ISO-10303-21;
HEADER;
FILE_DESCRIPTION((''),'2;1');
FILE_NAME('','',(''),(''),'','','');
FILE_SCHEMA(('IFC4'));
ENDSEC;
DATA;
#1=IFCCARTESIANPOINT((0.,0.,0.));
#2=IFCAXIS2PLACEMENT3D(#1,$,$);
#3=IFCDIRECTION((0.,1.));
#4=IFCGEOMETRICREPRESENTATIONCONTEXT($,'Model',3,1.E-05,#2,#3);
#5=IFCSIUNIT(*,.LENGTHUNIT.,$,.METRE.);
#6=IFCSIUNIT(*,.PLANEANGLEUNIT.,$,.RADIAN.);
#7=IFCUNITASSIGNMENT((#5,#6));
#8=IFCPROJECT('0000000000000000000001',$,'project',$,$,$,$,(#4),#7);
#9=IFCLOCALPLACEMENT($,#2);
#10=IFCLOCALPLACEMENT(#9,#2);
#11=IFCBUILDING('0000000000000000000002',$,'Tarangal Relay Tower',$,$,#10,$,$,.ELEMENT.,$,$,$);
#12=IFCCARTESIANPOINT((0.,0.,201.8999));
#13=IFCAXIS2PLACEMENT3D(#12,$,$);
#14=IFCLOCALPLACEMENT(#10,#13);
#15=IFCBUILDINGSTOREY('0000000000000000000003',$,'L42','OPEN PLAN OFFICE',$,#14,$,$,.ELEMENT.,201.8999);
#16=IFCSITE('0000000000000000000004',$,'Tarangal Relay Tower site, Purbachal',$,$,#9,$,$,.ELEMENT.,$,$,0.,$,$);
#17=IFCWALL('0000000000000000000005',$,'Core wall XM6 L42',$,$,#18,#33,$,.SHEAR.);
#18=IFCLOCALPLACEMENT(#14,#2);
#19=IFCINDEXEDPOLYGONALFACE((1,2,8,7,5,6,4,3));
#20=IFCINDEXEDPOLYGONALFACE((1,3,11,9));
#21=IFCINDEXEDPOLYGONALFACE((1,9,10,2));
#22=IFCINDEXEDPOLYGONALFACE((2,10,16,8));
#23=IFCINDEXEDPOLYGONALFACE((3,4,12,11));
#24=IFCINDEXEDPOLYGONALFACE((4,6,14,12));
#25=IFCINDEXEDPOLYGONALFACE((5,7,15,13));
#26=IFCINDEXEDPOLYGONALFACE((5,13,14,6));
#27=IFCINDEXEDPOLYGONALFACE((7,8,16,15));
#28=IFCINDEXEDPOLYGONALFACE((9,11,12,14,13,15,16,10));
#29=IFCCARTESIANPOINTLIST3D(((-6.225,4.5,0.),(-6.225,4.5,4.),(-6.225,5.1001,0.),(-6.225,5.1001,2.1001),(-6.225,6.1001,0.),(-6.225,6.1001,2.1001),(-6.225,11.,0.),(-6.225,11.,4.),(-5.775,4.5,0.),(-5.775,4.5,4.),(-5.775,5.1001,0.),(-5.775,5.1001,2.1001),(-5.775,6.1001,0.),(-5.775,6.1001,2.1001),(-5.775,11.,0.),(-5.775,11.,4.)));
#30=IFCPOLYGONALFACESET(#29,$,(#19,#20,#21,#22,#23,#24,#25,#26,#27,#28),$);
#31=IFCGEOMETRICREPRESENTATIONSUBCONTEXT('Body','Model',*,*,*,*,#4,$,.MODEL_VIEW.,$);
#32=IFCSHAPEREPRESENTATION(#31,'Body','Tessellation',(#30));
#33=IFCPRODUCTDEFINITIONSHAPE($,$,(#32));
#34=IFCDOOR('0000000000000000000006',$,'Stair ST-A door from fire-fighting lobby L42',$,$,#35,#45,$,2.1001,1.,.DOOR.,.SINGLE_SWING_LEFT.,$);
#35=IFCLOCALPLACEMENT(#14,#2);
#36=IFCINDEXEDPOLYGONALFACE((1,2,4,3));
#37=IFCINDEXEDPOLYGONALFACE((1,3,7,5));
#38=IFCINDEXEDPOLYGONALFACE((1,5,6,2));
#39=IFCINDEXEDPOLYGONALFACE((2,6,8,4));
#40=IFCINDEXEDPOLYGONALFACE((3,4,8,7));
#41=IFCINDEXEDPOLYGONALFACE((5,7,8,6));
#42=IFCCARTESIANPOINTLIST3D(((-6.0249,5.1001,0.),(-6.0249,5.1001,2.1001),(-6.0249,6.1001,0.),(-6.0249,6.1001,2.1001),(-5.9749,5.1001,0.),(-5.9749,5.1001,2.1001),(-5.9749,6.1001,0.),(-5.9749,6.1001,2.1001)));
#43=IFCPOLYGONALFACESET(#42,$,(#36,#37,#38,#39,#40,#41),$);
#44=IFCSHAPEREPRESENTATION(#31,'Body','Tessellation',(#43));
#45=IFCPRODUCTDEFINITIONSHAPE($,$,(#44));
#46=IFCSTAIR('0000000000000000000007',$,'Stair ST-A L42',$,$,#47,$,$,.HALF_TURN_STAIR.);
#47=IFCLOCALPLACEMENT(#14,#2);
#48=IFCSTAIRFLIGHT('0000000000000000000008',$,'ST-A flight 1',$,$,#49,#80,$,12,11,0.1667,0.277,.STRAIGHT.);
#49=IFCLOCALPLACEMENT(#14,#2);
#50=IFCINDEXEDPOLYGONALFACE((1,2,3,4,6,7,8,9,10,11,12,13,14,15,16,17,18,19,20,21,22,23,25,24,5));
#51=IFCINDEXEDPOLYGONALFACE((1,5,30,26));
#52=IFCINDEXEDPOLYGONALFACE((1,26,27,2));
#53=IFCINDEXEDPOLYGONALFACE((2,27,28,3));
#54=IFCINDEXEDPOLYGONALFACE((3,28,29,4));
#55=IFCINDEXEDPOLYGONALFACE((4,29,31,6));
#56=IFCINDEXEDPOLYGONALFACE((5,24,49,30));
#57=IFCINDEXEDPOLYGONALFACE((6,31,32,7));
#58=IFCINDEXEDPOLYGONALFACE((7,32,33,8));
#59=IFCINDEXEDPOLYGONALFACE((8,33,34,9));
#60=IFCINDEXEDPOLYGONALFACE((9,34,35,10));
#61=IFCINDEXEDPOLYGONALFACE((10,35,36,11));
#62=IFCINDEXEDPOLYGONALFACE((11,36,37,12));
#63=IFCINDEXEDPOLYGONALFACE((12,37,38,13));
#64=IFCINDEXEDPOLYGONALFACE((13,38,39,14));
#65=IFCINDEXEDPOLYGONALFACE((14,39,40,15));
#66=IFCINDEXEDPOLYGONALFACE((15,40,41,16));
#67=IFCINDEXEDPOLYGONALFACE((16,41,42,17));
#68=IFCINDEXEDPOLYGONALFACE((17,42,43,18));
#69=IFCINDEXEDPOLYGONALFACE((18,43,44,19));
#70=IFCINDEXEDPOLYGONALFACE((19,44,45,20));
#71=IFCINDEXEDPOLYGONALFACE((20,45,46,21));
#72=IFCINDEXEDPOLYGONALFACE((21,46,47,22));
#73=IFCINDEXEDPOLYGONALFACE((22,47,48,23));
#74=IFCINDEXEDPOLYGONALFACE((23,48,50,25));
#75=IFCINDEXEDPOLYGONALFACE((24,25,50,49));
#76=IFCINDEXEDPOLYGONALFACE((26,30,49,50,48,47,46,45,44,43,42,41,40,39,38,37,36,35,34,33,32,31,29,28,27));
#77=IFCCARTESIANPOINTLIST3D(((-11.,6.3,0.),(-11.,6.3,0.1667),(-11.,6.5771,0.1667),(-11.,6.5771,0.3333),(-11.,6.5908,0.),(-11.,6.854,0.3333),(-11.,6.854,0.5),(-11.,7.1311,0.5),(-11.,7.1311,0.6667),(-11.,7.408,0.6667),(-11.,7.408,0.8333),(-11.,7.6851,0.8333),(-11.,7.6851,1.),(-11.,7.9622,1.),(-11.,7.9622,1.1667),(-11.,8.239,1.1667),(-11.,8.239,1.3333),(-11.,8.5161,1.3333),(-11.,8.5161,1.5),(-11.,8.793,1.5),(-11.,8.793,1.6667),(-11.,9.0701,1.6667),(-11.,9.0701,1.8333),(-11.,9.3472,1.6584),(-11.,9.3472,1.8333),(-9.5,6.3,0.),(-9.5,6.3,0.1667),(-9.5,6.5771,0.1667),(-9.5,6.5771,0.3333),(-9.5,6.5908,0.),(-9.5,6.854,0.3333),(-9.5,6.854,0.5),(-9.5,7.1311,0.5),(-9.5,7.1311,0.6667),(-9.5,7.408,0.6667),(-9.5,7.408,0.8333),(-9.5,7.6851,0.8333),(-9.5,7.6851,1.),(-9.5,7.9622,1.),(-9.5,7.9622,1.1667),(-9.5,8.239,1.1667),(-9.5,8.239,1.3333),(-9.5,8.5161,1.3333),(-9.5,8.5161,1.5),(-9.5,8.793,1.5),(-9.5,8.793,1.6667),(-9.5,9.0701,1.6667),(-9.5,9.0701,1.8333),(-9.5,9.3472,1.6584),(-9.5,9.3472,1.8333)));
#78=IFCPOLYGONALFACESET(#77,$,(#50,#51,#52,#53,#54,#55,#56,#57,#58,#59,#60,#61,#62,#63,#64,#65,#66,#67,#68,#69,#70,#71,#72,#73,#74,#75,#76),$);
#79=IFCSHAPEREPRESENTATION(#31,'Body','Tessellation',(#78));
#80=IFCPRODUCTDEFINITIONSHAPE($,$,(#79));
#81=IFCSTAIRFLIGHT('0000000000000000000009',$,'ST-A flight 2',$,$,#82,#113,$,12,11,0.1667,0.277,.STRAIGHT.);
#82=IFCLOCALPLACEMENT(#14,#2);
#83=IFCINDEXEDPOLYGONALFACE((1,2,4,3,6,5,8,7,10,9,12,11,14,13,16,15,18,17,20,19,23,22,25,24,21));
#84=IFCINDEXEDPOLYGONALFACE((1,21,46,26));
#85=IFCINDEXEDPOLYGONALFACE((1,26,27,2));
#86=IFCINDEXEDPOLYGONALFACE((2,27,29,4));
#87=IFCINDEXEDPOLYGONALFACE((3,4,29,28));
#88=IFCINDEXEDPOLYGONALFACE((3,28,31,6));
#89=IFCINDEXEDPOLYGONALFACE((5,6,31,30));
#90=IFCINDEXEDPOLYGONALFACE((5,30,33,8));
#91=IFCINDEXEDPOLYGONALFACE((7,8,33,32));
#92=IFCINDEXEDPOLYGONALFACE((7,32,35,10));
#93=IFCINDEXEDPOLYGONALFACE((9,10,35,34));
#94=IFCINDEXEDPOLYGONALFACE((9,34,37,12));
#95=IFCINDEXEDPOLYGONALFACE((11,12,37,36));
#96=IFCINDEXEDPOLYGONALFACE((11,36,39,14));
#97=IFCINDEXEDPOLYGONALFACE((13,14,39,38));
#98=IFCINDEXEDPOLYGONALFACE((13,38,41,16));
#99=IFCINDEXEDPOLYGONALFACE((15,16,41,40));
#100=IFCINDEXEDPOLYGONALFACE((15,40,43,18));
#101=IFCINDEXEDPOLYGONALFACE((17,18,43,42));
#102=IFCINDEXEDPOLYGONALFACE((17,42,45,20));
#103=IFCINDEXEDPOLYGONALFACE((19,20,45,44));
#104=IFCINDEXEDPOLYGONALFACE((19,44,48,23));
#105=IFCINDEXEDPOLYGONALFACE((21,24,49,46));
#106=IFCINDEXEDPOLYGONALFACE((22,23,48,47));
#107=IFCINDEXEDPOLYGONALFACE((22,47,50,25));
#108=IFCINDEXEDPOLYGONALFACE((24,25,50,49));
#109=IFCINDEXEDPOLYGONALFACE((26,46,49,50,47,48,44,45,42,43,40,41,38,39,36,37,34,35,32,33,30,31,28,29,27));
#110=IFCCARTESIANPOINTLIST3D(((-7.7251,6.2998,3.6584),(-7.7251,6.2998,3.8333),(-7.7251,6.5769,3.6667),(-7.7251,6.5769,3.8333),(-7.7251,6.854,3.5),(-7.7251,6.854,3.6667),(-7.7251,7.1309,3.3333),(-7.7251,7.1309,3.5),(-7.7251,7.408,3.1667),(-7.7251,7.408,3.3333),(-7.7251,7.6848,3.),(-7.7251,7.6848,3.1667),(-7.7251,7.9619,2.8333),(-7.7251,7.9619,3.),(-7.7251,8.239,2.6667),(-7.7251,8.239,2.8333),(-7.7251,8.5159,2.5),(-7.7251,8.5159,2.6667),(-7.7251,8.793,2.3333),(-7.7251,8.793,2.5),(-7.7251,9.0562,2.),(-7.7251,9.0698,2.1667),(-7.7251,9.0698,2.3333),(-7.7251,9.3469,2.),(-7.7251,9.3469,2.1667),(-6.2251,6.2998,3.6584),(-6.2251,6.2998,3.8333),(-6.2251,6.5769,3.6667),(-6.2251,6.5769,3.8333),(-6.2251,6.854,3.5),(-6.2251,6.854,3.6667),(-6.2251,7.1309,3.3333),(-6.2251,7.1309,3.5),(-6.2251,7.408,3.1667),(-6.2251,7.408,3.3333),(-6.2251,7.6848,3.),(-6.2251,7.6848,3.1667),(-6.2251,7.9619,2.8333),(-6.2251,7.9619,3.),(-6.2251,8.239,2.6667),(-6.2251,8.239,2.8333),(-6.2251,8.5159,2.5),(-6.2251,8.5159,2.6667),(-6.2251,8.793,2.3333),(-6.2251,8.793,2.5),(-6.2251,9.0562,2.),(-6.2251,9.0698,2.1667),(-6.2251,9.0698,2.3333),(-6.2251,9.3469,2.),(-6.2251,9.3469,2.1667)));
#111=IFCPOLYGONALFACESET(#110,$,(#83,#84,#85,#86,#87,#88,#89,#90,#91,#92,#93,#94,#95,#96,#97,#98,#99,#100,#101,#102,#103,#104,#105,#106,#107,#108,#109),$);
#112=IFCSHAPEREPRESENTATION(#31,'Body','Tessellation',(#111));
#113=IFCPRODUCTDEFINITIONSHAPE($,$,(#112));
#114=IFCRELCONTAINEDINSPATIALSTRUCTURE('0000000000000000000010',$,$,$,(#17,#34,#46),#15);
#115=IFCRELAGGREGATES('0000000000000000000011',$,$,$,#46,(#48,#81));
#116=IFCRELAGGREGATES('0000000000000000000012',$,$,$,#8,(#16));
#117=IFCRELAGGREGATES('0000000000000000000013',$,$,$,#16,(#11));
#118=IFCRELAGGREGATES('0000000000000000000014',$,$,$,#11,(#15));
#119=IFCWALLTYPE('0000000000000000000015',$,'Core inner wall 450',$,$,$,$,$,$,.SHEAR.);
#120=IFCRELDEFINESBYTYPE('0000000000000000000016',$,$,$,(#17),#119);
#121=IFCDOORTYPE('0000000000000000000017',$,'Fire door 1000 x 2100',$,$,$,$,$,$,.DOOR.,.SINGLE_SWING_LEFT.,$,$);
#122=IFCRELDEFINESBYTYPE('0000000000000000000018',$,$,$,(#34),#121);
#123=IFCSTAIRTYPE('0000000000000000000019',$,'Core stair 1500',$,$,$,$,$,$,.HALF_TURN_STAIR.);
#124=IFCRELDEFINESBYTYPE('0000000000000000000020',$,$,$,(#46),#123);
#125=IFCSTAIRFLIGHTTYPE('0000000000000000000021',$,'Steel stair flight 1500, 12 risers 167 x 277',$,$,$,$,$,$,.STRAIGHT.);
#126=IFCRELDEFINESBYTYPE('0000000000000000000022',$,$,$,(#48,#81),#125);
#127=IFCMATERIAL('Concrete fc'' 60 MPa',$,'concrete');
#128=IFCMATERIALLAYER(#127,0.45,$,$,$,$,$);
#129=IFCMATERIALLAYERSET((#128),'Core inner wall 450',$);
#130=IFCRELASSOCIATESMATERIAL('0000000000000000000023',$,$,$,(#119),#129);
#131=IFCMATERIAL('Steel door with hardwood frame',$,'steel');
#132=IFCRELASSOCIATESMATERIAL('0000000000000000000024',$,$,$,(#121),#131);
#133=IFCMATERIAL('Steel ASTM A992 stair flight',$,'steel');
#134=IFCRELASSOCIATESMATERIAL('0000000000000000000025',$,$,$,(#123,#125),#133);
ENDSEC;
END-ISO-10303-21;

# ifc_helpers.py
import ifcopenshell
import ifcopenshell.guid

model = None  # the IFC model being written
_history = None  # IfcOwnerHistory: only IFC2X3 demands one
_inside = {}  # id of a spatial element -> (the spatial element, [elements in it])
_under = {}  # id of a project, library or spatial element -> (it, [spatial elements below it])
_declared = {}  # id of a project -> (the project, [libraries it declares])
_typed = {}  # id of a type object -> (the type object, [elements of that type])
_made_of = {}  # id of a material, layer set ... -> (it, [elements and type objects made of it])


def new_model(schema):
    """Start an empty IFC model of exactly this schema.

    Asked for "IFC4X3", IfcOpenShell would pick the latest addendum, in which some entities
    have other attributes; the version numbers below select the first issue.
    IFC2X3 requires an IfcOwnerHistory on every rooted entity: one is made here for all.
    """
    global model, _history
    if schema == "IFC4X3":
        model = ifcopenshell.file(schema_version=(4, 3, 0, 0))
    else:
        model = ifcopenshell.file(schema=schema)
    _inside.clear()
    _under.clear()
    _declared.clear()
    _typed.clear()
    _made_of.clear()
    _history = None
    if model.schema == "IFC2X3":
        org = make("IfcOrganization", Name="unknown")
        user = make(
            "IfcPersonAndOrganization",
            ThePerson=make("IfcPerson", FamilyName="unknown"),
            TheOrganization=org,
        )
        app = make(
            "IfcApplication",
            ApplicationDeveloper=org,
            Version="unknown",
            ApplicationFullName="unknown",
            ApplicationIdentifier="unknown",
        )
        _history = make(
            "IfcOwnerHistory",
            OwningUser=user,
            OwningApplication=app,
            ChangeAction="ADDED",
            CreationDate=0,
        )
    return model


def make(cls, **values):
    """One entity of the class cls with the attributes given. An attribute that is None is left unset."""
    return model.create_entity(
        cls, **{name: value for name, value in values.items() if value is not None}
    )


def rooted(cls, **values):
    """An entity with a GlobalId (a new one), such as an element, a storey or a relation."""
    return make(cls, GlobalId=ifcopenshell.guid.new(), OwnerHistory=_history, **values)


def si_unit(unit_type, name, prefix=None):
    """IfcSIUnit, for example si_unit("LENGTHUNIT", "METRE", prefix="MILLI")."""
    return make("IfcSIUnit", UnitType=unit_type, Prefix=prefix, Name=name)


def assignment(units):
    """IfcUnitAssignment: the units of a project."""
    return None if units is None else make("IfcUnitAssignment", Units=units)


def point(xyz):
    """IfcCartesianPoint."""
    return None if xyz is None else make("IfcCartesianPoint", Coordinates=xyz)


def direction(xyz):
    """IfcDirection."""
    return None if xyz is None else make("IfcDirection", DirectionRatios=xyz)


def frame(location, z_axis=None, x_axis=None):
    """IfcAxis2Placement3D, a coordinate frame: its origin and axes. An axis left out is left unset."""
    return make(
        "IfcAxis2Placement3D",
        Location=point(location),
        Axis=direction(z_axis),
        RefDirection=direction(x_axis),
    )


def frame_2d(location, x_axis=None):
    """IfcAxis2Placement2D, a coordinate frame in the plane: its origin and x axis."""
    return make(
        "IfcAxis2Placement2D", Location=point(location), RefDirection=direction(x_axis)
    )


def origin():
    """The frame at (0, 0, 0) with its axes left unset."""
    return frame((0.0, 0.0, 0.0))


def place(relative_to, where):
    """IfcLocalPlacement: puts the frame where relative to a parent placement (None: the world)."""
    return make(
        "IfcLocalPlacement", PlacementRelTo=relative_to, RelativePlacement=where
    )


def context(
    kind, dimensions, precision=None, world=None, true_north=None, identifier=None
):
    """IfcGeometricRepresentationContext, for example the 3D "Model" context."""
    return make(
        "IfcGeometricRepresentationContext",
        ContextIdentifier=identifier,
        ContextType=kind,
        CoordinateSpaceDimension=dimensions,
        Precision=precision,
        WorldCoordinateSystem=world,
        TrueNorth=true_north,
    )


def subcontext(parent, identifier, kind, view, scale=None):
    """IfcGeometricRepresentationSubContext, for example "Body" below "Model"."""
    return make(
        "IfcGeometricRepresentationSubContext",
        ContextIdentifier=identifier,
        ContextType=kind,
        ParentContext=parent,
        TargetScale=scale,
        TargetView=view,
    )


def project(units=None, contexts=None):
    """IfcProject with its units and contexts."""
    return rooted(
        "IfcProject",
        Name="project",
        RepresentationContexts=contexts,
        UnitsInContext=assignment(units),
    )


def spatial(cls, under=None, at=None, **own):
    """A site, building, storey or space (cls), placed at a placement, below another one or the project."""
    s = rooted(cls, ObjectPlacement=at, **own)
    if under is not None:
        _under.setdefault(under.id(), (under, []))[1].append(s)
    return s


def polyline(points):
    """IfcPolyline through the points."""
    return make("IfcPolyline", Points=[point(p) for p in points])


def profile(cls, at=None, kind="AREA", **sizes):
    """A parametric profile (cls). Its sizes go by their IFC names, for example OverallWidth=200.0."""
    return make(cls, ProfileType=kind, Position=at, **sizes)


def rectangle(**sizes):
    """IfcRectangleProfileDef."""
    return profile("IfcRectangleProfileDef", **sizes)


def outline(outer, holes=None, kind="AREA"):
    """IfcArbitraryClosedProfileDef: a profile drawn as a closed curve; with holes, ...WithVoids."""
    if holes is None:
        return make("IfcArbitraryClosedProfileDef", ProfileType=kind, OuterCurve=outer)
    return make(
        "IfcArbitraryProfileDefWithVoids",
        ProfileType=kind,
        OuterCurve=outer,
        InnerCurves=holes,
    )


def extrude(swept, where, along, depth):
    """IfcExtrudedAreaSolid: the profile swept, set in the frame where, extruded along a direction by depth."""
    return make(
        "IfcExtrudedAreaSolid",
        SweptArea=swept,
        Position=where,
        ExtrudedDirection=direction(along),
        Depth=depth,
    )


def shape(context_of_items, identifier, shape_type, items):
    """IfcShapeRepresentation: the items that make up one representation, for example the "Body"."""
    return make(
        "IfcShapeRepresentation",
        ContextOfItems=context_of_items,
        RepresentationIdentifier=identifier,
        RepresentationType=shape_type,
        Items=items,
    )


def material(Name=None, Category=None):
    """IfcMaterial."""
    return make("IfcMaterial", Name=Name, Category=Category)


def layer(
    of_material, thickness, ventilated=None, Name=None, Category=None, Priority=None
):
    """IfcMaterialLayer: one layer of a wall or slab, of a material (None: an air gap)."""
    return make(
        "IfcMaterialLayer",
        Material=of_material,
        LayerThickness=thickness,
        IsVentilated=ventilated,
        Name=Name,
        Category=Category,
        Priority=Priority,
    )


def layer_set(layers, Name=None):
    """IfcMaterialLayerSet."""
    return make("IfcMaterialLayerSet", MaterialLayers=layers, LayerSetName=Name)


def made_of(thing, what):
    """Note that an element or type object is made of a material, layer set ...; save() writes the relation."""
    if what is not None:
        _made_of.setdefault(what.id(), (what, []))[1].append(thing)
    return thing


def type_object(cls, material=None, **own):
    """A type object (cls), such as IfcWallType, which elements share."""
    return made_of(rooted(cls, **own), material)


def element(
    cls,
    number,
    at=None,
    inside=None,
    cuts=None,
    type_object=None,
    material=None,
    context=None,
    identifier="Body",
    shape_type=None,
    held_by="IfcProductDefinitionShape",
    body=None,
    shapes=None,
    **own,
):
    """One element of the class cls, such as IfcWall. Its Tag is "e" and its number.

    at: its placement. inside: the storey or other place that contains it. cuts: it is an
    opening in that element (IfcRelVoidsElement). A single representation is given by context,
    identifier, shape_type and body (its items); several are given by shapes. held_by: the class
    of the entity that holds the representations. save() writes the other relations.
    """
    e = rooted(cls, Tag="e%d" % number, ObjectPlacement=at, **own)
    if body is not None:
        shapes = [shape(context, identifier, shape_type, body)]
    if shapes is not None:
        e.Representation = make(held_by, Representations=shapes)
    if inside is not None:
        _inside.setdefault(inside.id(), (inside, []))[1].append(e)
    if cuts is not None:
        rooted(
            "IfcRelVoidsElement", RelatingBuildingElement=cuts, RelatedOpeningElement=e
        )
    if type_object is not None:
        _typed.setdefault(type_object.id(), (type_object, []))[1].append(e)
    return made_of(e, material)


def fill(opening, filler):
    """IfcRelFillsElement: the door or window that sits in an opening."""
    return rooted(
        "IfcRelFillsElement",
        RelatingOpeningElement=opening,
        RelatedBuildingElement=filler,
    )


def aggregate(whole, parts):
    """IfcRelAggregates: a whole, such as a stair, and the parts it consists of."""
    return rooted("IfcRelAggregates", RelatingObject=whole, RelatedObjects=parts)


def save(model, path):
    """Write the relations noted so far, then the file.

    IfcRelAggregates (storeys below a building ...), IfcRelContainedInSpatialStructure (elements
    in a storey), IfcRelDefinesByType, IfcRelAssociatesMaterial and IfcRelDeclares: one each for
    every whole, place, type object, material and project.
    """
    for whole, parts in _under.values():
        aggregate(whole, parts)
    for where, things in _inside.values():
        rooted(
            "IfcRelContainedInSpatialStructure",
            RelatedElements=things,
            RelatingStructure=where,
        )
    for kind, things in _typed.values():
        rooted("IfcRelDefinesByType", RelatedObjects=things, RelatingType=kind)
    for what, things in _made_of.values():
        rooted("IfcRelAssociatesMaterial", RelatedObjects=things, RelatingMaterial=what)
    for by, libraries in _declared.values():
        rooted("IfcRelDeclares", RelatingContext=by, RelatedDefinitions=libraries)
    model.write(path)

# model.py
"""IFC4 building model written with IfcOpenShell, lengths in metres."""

from ifc_helpers import new_model, si_unit, direction, frame, frame_2d, origin, place, context, subcontext, project, spatial, polyline, rectangle, outline, extrude, material, layer, layer_set, type_object, element, fill, aggregate, save


model = new_model("IFC4")

# Units and contexts
model_context = context("Model", 3, precision=1e-05, world=origin(), true_north=direction((0.0, 1.0)))
body_context = subcontext(model_context, "Body", "Model", "MODEL_VIEW")
ifc_project = project(units=[si_unit("LENGTHUNIT", "METRE"), si_unit("PLANEANGLEUNIT", "RADIAN")], contexts=[model_context])

# Site, building, storey
site_placement = place(None, origin())
site = spatial("IfcSite", under=ifc_project, at=site_placement, Name="Tarangal Relay Tower site, Purbachal", CompositionType="ELEMENT", RefElevation=0.0)
building_placement = place(site_placement, origin())
building = spatial("IfcBuilding", under=site, at=building_placement, Name="Tarangal Relay Tower", CompositionType="ELEMENT")
storey_placement = place(building_placement, frame((0.0, 0.0, 201.8999)))
storey = spatial("IfcBuildingStorey", under=building, at=storey_placement, Name="L42", Description="OPEN PLAN OFFICE", CompositionType="ELEMENT", Elevation=201.8999)

# Shared definitions
ifc_material_1 = material(Name="Concrete fc' 60 MPa", Category="concrete")
ifc_layer = layer(ifc_material_1, 0.45)
ifc_layer_set = layer_set([ifc_layer], Name="Core inner wall 450")
wall_type = type_object("IfcWallType", Name="Core inner wall 450", PredefinedType="SHEAR", material=ifc_layer_set)
ifc_material_2 = material(Name="Steel door with hardwood frame", Category="steel")
door_type_1 = type_object("IfcDoorType", Name="Fire door 1000 x 2100", OperationType="SINGLE_SWING_LEFT", PredefinedType="DOOR", material=ifc_material_2)

# Wall, opening, door
wall_1_placement = place(storey_placement, frame((-6.0, 4.5, 0.0), z_axis=(0.0, 0.0, 1.0), x_axis=(0.0, 1.0, 0.0)))
wall_1 = element("IfcWall", 1, at=wall_1_placement, inside=storey, type_object=wall_type, Name="Core wall XM6 L42", PredefinedType="SHEAR", context=body_context, shape_type="SweptSolid", body=[
    extrude(rectangle(XDim=6.5, YDim=0.45, at=frame_2d((3.25, 0.0))), origin(), (0.0, 0.0, 1.0), 4.0),
])
opening_1_placement = place(wall_1_placement, frame((0.6001, 0.0, 0.0)))
opening_1 = element("IfcOpeningElement", 2, at=opening_1_placement, cuts=wall_1, PredefinedType="OPENING", context=body_context, shape_type="SweptSolid", body=[
    extrude(rectangle(XDim=1.0, YDim=2.1001, at=frame_2d((0.5, 1.05))), frame((0.0, 0.2349, 0.0), z_axis=(0.0, -1.0, 0.0), x_axis=(1.0, 0.0, 0.0)), (0.0, 0.0, 1.0), 0.47),
])
door_1_placement = place(opening_1_placement, origin())
door_1 = element("IfcDoor", 3, at=door_1_placement, inside=storey, type_object=door_type_1, Name="Stair ST-A door from fire-fighting lobby L42", OperationType="SINGLE_SWING_LEFT", OverallHeight=2.1001, OverallWidth=1.0, PredefinedType="DOOR", context=body_context, shape_type="SweptSolid", body=[
    extrude(rectangle(XDim=1.0, YDim=2.1001, at=frame_2d((0.5, 1.05))), frame((0.0, 0.0249, 0.0), z_axis=(0.0, -1.0, 0.0), x_axis=(1.0, 0.0, 0.0)), (0.0, 0.0, 1.0), 0.05),
])
fill(opening_1, door_1)

# Stair, stair flights
ifc_material_3 = material(Name="Steel ASTM A992 stair flight", Category="steel")
stair_type = type_object("IfcStairType", Name="Core stair 1500", PredefinedType="HALF_TURN_STAIR", material=ifc_material_3)
stair_placement = place(storey_placement, origin())
stair = element("IfcStair", 4, at=stair_placement, inside=storey, type_object=stair_type, Name="Stair ST-A L42", PredefinedType="HALF_TURN_STAIR")
stair_flight_type = type_object("IfcStairFlightType", Name="Steel stair flight 1500, 12 risers 167 x 277", PredefinedType="STRAIGHT", material=ifc_material_3)
stair_flight_1_placement = place(storey_placement, frame((-10.25, 6.3, 0.0), z_axis=(0.0, 0.0, 1.0), x_axis=(0.0, 1.0, 0.0)))
stair_flight_1 = element("IfcStairFlight", 5, at=stair_flight_1_placement, type_object=stair_flight_type, Name="ST-A flight 1", NumberOfRisers=12, NumberOfTreads=11, PredefinedType="STRAIGHT", RiserHeight=0.1667, TreadLength=0.277, context=body_context, shape_type="SweptSolid", body=[
    extrude(outline(polyline([(0.0, 0.0), (0.0, 0.1667), (0.2771, 0.1667), (0.2771, 0.3333), (0.554, 0.3333), (0.554, 0.5), (0.8311, 0.5), (0.8311, 0.6667), (1.1079, 0.6667), (1.1079, 0.8333), (1.385, 0.8333), (1.385, 1.0), (1.6621, 1.0), (1.6621, 1.1667), (1.939, 1.1667), (1.939, 1.3333), (2.2161, 1.3333), (2.2161, 1.5), (2.4929, 1.5), (2.4929, 1.6667), (2.77, 1.6667), (2.77, 1.8333), (3.0471, 1.8333), (3.0471, 2.0), (3.0471, 1.6584), (0.2908, 0.0), (0.0, 0.0)])), frame((0.0, 0.75, 0.0), z_axis=(0.0, -1.0, 0.0), x_axis=(1.0, 0.0, 0.0)), (0.0, 0.0, 1.0), 1.5),
])
stair_flight_2_placement = place(storey_placement, frame((-6.9751, 9.3469, 2.0), z_axis=(0.0, 0.0, 1.0), x_axis=(0.0, -1.0, 0.0)))
stair_flight_2 = element("IfcStairFlight", 6, at=stair_flight_2_placement, type_object=stair_flight_type, Name="ST-A flight 2", NumberOfRisers=12, NumberOfTreads=11, PredefinedType="STRAIGHT", RiserHeight=0.1667, TreadLength=0.277, context=body_context, shape_type="SweptSolid", body=[
    extrude(outline(polyline([(0.0, 0.0), (0.0, 0.1667), (0.2771, 0.1667), (0.2771, 0.3333), (0.554, 0.3333), (0.554, 0.5), (0.8311, 0.5), (0.8311, 0.6667), (1.1079, 0.6667), (1.1079, 0.8333), (1.385, 0.8333), (1.385, 1.0), (1.6621, 1.0), (1.6621, 1.1667), (1.939, 1.1667), (1.939, 1.3333), (2.2161, 1.3333), (2.2161, 1.5), (2.4929, 1.5), (2.4929, 1.6667), (2.77, 1.6667), (2.77, 1.8333), (3.0471, 1.8333), (3.0471, 2.0), (3.0471, 1.6584), (0.2908, 0.0), (0.0, 0.0)])), frame((0.0, 0.75, 0.0), z_axis=(0.0, -1.0, 0.0), x_axis=(1.0, 0.0, 0.0)), (0.0, 0.0, 1.0), 1.5),
])
aggregate(stair, [stair_flight_1, stair_flight_2])

save(model, "model.ifc")
